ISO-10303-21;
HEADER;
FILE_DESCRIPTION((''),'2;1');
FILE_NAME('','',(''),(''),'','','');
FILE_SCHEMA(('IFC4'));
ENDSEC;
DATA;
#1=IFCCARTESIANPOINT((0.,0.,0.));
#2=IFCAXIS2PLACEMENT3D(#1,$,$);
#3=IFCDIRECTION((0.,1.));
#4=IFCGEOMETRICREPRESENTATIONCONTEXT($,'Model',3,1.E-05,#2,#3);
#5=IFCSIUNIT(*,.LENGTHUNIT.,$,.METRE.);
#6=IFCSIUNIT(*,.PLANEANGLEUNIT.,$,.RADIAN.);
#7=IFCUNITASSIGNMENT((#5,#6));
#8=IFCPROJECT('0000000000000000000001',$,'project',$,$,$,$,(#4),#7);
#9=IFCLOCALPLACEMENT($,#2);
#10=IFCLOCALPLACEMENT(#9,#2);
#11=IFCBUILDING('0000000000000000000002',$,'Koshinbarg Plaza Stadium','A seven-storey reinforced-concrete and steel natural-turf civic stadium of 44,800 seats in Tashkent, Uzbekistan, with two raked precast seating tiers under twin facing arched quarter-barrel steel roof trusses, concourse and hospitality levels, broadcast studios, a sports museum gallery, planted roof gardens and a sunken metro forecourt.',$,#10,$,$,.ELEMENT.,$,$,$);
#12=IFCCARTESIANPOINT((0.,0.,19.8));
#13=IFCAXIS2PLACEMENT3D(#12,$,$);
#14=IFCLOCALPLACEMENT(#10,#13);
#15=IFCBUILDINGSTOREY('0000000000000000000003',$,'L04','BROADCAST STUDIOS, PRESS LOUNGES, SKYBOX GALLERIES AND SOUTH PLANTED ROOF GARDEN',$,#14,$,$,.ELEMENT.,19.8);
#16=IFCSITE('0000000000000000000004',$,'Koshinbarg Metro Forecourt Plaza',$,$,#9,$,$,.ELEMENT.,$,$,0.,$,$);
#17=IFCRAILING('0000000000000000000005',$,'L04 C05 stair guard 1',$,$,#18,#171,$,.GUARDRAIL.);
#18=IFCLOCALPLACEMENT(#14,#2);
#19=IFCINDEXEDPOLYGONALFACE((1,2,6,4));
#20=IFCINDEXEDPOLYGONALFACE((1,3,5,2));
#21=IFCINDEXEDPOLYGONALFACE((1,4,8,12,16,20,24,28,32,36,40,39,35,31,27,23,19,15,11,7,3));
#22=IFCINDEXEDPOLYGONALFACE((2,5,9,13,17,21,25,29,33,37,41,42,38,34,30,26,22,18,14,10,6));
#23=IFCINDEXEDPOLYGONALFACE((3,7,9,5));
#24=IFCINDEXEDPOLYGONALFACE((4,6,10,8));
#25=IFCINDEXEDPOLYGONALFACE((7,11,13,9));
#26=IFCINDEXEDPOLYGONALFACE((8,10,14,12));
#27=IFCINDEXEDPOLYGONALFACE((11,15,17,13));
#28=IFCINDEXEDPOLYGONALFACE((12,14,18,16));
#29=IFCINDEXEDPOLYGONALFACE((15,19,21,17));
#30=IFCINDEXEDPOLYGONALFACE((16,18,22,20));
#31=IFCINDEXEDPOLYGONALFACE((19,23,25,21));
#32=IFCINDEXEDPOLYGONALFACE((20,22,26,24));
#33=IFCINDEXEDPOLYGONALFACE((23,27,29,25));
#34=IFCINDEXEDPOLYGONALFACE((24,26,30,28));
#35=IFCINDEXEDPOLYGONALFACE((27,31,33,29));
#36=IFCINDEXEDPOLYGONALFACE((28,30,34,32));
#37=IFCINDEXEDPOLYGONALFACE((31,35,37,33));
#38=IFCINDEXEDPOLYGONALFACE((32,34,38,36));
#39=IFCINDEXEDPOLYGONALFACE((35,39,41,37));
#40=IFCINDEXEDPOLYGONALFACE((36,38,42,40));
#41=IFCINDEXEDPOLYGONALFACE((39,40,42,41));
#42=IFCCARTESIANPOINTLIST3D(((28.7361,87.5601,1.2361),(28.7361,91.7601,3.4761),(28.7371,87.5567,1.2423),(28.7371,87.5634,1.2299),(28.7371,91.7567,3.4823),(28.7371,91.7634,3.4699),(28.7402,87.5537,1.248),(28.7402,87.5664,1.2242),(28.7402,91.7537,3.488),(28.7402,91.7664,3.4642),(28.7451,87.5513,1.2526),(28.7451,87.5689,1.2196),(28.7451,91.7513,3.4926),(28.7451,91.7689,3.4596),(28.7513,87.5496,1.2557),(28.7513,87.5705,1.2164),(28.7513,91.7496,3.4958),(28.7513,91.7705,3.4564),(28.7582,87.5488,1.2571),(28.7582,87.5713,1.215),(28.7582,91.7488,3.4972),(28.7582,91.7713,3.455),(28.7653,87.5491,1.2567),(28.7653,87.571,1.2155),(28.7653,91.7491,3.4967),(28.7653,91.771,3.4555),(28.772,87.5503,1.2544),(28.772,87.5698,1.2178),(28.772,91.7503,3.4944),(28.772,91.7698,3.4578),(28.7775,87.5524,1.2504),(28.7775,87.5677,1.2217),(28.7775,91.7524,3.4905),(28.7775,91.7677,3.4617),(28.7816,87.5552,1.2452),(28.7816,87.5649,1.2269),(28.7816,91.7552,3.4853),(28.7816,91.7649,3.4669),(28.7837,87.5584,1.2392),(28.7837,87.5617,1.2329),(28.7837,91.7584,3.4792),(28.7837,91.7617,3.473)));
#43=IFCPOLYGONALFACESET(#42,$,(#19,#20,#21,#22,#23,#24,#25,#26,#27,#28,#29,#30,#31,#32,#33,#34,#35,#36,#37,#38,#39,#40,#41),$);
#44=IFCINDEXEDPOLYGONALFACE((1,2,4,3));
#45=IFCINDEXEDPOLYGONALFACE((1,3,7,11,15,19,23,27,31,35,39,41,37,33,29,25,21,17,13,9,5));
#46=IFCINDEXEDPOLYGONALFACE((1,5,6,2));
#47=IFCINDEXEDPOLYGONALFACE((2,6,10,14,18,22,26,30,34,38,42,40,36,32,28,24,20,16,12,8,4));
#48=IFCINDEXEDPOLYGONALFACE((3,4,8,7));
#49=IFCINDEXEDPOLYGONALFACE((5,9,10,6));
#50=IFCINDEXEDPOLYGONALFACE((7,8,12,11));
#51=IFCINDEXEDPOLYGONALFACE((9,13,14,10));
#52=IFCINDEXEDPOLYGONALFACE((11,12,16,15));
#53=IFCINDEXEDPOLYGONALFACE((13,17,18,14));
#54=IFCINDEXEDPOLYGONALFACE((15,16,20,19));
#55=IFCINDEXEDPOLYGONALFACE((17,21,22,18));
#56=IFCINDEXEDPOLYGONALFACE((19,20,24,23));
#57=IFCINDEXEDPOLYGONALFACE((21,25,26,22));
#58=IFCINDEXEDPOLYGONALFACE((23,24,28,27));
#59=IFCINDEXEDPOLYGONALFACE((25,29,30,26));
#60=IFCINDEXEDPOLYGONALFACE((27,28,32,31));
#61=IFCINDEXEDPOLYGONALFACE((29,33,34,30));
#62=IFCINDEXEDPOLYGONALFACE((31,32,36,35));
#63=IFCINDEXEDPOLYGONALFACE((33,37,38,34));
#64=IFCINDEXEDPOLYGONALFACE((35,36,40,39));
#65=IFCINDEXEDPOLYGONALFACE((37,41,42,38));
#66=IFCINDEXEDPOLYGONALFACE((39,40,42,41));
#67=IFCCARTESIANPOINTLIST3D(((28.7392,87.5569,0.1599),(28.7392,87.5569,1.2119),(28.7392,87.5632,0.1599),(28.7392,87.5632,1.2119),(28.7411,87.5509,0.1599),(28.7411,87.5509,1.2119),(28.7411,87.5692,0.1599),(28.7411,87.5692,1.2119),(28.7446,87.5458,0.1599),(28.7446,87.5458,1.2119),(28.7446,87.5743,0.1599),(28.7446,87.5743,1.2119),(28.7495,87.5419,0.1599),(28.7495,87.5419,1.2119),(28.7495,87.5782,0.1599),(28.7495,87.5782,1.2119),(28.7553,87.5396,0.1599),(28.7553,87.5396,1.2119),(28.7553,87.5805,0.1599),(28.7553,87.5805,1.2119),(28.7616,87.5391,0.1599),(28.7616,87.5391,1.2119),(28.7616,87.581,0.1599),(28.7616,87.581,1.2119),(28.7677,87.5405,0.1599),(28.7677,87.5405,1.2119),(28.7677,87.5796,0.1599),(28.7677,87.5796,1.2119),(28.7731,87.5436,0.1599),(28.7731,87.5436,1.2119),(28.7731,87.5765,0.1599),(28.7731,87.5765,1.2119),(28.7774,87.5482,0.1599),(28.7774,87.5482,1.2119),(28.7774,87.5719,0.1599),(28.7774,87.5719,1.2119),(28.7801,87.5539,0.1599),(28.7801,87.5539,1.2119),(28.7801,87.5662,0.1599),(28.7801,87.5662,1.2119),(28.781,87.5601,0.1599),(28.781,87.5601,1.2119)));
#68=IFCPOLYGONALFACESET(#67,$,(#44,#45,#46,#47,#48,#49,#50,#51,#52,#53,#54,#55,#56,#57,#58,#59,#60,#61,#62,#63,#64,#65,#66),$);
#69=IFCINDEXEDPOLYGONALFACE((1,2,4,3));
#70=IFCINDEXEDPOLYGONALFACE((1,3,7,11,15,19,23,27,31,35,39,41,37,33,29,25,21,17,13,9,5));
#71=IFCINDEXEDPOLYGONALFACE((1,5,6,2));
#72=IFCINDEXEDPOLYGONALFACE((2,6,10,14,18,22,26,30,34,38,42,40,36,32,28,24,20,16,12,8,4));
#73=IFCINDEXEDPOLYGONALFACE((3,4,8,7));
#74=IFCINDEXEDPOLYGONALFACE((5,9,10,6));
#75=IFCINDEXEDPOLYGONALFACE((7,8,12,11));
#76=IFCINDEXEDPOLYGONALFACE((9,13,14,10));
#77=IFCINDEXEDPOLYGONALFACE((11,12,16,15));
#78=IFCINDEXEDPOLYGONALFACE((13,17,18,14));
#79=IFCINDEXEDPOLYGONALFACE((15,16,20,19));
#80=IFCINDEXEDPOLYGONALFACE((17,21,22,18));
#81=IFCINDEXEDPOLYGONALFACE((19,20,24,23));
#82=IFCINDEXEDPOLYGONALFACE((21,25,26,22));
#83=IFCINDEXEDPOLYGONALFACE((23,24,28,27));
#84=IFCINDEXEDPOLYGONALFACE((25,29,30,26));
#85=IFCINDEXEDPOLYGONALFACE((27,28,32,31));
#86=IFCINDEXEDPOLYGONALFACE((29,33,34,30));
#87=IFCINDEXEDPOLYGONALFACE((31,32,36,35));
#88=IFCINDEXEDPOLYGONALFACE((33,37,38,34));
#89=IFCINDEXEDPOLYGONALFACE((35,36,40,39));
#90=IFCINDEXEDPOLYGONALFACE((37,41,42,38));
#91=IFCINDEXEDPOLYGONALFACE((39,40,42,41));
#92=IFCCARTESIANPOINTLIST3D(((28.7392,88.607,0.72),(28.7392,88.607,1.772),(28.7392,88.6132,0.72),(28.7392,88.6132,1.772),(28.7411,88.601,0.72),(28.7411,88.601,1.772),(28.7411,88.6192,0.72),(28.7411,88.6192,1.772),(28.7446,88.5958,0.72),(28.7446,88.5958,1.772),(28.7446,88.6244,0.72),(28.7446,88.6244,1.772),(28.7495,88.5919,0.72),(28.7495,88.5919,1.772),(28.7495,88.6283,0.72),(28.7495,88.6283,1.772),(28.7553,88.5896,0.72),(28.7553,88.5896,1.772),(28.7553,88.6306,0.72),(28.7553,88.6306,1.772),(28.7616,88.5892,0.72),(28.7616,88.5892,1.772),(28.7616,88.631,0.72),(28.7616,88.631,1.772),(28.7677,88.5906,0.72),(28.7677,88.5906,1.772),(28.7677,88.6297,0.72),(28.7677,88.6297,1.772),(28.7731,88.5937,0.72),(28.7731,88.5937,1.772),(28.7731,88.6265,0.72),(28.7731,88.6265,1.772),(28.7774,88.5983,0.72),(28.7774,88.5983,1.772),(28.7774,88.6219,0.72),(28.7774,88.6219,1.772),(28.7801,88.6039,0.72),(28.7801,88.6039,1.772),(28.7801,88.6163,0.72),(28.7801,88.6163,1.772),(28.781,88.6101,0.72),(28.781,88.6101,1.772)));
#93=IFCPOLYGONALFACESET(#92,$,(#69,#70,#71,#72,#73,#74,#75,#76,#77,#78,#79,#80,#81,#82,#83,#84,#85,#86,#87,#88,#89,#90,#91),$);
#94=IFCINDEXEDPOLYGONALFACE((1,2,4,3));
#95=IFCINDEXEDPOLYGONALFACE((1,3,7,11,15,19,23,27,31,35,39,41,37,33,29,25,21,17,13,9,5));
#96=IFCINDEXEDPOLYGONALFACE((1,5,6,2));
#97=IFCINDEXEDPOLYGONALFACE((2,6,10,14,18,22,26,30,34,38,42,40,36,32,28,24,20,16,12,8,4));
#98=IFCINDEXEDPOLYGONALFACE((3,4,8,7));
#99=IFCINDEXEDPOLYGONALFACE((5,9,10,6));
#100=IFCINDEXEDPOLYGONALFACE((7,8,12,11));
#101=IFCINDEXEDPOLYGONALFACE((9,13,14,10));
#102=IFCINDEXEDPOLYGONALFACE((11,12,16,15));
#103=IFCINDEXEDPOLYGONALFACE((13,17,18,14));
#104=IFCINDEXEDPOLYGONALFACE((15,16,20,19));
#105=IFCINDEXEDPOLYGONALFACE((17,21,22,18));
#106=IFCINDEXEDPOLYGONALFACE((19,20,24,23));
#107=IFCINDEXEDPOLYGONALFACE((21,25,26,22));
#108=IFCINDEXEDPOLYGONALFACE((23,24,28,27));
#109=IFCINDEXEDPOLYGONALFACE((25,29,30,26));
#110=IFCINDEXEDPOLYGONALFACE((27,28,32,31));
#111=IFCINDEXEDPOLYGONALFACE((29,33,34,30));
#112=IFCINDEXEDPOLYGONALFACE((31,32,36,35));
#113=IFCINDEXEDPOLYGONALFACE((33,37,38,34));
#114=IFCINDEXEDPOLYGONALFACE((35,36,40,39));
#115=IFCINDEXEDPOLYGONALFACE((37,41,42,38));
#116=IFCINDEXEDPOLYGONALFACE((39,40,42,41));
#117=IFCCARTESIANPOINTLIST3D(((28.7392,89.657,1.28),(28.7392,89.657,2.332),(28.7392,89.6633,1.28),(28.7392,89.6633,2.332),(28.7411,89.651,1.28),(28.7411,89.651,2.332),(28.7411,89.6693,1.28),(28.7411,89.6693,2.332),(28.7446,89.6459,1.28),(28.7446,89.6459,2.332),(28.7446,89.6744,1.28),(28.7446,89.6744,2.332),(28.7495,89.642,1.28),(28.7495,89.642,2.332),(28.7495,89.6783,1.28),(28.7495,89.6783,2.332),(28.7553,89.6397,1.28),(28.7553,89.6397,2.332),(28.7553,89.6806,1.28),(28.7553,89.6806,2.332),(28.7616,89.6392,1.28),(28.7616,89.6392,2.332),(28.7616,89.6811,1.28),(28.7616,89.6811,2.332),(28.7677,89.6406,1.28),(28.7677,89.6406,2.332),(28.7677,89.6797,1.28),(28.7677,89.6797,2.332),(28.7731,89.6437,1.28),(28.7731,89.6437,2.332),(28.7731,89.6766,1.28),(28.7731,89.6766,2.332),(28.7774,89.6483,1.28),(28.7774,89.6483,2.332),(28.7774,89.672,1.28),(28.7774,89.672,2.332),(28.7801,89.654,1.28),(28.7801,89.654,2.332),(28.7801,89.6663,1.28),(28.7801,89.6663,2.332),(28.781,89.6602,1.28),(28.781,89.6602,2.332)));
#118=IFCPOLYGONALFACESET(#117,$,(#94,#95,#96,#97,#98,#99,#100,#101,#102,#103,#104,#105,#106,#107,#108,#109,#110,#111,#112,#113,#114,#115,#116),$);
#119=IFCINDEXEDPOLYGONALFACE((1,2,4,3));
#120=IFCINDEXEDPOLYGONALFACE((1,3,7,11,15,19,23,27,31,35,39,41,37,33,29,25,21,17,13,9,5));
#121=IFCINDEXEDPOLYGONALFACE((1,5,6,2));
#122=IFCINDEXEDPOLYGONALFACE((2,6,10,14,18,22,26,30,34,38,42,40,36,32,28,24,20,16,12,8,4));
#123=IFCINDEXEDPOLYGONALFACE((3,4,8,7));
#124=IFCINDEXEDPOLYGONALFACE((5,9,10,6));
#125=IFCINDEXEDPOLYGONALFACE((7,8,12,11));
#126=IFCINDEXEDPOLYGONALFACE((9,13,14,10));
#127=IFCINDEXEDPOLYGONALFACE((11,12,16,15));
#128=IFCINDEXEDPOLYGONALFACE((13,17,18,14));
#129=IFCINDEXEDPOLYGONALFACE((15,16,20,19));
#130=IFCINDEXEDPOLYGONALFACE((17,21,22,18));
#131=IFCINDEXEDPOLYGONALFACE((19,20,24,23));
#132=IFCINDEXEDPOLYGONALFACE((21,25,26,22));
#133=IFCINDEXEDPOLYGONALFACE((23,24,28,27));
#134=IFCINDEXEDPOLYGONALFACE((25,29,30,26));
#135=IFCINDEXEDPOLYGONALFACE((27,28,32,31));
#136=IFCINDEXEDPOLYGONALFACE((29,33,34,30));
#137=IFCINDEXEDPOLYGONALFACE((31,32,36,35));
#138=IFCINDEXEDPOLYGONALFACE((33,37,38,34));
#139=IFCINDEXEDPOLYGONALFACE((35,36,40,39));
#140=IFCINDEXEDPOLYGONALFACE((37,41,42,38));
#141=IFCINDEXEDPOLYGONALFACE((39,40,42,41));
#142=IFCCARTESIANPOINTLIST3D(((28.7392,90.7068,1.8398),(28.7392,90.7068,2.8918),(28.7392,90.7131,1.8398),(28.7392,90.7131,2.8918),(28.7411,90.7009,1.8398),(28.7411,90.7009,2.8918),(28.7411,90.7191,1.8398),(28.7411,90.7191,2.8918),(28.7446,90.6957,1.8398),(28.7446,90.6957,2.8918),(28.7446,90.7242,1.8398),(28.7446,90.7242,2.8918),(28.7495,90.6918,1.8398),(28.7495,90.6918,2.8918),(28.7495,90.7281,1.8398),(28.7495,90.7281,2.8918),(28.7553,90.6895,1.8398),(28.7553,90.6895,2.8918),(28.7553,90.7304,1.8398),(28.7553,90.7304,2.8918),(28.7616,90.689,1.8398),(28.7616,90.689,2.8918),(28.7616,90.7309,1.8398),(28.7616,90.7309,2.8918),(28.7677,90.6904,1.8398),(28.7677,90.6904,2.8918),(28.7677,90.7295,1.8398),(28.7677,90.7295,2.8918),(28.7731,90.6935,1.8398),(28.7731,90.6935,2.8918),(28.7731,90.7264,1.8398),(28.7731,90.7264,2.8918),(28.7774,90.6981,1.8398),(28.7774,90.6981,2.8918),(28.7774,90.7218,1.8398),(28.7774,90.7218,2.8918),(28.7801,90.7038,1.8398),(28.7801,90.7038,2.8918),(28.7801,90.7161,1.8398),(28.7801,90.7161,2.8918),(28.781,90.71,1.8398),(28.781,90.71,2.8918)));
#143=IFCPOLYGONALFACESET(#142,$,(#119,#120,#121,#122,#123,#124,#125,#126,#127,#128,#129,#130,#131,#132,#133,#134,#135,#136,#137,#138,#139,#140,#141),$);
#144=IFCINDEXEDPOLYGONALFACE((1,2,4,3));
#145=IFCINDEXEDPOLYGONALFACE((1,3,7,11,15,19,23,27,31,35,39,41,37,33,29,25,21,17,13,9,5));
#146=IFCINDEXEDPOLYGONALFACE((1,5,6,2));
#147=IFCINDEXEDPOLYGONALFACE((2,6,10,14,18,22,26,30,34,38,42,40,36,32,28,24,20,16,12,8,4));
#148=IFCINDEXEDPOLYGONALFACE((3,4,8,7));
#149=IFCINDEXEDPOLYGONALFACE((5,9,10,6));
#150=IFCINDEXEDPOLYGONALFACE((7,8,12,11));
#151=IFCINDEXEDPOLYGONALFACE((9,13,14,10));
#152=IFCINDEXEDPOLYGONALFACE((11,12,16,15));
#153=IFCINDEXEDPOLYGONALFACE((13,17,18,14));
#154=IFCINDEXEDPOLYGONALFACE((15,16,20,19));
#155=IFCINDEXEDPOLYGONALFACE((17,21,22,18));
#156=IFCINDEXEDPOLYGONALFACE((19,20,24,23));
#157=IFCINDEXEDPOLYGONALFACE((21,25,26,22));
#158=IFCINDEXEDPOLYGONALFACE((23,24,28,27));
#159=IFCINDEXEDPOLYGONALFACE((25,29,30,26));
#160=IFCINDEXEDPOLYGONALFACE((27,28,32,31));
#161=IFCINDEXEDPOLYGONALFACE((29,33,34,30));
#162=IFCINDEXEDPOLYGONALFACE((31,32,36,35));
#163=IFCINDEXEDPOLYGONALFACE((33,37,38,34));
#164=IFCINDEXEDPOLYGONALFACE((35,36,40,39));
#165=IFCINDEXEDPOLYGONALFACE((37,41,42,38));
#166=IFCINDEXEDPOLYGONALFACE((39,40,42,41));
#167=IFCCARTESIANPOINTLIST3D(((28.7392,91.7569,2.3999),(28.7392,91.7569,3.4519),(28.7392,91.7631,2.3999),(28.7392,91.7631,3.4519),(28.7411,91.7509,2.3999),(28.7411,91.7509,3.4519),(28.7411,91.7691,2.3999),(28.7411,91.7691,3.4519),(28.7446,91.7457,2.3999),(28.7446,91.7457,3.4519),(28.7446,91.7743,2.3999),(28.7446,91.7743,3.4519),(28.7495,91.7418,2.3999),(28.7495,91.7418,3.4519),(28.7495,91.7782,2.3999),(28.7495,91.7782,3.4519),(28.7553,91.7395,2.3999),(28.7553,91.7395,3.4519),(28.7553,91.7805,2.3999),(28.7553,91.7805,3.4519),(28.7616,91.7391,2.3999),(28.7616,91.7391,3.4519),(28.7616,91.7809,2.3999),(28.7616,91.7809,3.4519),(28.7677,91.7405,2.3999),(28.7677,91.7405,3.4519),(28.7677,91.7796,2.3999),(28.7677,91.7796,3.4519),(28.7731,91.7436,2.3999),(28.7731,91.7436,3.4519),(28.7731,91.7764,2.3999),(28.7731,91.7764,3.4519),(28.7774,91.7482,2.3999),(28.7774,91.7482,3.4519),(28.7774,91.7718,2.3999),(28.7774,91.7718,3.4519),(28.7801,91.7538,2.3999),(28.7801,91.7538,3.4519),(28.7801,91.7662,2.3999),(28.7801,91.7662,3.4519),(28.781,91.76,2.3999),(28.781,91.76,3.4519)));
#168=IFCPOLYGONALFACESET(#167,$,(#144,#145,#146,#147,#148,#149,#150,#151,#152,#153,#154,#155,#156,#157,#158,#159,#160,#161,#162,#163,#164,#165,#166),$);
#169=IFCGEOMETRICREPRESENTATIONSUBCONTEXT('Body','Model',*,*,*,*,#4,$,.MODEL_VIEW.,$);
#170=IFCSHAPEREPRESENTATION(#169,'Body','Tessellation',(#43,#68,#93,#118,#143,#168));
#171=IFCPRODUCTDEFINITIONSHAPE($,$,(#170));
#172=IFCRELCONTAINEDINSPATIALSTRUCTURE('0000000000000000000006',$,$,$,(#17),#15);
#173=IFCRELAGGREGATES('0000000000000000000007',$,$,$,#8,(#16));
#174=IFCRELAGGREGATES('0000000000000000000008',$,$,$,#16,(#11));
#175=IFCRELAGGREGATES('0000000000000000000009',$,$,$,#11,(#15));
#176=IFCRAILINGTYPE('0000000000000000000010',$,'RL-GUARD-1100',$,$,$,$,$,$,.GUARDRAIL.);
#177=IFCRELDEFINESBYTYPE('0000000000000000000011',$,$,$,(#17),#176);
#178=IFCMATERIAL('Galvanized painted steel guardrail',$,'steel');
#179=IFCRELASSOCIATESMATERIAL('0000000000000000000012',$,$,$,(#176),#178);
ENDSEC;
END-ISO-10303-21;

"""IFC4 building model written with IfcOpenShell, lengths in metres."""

from ifc_helpers import new_model, si_unit, direction, frame, origin, origin_2d, place, context, subcontext, project, spatial, circle, extrude, material, type_object, element, save


model = new_model("IFC4")

# Units and contexts
model_context = context("Model", 3, precision=1e-05, world=origin(), true_north=direction((0.0, 1.0)))
body_context = subcontext(model_context, "Body", "Model", "MODEL_VIEW")
ifc_project = project(units=[si_unit("LENGTHUNIT", "METRE"), si_unit("PLANEANGLEUNIT", "RADIAN")], contexts=[model_context])

# Site, building, storey
site_placement = place(None, origin())
site = spatial("IfcSite", under=ifc_project, at=site_placement, Name="Koshinbarg Metro Forecourt Plaza", CompositionType="ELEMENT", RefElevation=0.0)
building_placement = place(site_placement, origin())
building = spatial("IfcBuilding", under=site, at=building_placement, Name="Koshinbarg Plaza Stadium", Description="A seven-storey reinforced-concrete and steel natural-turf civic stadium of 44,800 seats in Tashkent, Uzbekistan, with two raked precast seating tiers under twin facing arched quarter-barrel steel roof trusses, concourse and hospitality levels, broadcast studios, a sports museum gallery, planted roof gardens and a sunken metro forecourt.", CompositionType="ELEMENT")
storey_placement = place(building_placement, frame((0.0, 0.0, 19.8)))
storey = spatial("IfcBuildingStorey", under=building, at=storey_placement, Name="L04", Description="BROADCAST STUDIOS, PRESS LOUNGES, SKYBOX GALLERIES AND SOUTH PLANTED ROOF GARDEN", CompositionType="ELEMENT", Elevation=19.8)

# Railing
ifc_material_1 = material(Name="Galvanized painted steel guardrail", Category="steel")
railing_type_1 = type_object("IfcRailingType", Name="RL-GUARD-1100", PredefinedType="GUARDRAIL", material=ifc_material_1)
railing_1_placement = place(storey_placement, frame((28.76, 87.5601, 0.1599)))
element("IfcRailing", 1, at=railing_1_placement, inside=storey, type_object=railing_type_1, Name="L04 C05 stair guard 1", PredefinedType="GUARDRAIL", context=body_context, shape_type="SweptSolid", body=[
    extrude(circle(Radius=0.0239, at=origin_2d()), frame((0.0, 0.0, 1.0762), z_axis=(0.0, 0.882352, 0.470591), x_axis=(-1.0, 0.0, 0.0)), (0.0, 0.0, 1.0), 4.76),
    extrude(circle(Radius=0.021, at=origin_2d()), origin(), (0.0, 0.0, 1.0), 1.052),
    extrude(circle(Radius=0.021, at=origin_2d()), frame((0.0, 1.05, 0.5601)), (0.0, 0.0, 1.0), 1.052),
    extrude(circle(Radius=0.021, at=origin_2d()), frame((0.0, 2.1001, 1.1201)), (0.0, 0.0, 1.0), 1.052),
    extrude(circle(Radius=0.021, at=origin_2d()), frame((0.0, 3.1499, 1.6799)), (0.0, 0.0, 1.0), 1.052),
    extrude(circle(Radius=0.021, at=origin_2d()), frame((0.0, 4.2, 2.24)), (0.0, 0.0, 1.0), 1.052),
])

save(model, "model.ifc")
